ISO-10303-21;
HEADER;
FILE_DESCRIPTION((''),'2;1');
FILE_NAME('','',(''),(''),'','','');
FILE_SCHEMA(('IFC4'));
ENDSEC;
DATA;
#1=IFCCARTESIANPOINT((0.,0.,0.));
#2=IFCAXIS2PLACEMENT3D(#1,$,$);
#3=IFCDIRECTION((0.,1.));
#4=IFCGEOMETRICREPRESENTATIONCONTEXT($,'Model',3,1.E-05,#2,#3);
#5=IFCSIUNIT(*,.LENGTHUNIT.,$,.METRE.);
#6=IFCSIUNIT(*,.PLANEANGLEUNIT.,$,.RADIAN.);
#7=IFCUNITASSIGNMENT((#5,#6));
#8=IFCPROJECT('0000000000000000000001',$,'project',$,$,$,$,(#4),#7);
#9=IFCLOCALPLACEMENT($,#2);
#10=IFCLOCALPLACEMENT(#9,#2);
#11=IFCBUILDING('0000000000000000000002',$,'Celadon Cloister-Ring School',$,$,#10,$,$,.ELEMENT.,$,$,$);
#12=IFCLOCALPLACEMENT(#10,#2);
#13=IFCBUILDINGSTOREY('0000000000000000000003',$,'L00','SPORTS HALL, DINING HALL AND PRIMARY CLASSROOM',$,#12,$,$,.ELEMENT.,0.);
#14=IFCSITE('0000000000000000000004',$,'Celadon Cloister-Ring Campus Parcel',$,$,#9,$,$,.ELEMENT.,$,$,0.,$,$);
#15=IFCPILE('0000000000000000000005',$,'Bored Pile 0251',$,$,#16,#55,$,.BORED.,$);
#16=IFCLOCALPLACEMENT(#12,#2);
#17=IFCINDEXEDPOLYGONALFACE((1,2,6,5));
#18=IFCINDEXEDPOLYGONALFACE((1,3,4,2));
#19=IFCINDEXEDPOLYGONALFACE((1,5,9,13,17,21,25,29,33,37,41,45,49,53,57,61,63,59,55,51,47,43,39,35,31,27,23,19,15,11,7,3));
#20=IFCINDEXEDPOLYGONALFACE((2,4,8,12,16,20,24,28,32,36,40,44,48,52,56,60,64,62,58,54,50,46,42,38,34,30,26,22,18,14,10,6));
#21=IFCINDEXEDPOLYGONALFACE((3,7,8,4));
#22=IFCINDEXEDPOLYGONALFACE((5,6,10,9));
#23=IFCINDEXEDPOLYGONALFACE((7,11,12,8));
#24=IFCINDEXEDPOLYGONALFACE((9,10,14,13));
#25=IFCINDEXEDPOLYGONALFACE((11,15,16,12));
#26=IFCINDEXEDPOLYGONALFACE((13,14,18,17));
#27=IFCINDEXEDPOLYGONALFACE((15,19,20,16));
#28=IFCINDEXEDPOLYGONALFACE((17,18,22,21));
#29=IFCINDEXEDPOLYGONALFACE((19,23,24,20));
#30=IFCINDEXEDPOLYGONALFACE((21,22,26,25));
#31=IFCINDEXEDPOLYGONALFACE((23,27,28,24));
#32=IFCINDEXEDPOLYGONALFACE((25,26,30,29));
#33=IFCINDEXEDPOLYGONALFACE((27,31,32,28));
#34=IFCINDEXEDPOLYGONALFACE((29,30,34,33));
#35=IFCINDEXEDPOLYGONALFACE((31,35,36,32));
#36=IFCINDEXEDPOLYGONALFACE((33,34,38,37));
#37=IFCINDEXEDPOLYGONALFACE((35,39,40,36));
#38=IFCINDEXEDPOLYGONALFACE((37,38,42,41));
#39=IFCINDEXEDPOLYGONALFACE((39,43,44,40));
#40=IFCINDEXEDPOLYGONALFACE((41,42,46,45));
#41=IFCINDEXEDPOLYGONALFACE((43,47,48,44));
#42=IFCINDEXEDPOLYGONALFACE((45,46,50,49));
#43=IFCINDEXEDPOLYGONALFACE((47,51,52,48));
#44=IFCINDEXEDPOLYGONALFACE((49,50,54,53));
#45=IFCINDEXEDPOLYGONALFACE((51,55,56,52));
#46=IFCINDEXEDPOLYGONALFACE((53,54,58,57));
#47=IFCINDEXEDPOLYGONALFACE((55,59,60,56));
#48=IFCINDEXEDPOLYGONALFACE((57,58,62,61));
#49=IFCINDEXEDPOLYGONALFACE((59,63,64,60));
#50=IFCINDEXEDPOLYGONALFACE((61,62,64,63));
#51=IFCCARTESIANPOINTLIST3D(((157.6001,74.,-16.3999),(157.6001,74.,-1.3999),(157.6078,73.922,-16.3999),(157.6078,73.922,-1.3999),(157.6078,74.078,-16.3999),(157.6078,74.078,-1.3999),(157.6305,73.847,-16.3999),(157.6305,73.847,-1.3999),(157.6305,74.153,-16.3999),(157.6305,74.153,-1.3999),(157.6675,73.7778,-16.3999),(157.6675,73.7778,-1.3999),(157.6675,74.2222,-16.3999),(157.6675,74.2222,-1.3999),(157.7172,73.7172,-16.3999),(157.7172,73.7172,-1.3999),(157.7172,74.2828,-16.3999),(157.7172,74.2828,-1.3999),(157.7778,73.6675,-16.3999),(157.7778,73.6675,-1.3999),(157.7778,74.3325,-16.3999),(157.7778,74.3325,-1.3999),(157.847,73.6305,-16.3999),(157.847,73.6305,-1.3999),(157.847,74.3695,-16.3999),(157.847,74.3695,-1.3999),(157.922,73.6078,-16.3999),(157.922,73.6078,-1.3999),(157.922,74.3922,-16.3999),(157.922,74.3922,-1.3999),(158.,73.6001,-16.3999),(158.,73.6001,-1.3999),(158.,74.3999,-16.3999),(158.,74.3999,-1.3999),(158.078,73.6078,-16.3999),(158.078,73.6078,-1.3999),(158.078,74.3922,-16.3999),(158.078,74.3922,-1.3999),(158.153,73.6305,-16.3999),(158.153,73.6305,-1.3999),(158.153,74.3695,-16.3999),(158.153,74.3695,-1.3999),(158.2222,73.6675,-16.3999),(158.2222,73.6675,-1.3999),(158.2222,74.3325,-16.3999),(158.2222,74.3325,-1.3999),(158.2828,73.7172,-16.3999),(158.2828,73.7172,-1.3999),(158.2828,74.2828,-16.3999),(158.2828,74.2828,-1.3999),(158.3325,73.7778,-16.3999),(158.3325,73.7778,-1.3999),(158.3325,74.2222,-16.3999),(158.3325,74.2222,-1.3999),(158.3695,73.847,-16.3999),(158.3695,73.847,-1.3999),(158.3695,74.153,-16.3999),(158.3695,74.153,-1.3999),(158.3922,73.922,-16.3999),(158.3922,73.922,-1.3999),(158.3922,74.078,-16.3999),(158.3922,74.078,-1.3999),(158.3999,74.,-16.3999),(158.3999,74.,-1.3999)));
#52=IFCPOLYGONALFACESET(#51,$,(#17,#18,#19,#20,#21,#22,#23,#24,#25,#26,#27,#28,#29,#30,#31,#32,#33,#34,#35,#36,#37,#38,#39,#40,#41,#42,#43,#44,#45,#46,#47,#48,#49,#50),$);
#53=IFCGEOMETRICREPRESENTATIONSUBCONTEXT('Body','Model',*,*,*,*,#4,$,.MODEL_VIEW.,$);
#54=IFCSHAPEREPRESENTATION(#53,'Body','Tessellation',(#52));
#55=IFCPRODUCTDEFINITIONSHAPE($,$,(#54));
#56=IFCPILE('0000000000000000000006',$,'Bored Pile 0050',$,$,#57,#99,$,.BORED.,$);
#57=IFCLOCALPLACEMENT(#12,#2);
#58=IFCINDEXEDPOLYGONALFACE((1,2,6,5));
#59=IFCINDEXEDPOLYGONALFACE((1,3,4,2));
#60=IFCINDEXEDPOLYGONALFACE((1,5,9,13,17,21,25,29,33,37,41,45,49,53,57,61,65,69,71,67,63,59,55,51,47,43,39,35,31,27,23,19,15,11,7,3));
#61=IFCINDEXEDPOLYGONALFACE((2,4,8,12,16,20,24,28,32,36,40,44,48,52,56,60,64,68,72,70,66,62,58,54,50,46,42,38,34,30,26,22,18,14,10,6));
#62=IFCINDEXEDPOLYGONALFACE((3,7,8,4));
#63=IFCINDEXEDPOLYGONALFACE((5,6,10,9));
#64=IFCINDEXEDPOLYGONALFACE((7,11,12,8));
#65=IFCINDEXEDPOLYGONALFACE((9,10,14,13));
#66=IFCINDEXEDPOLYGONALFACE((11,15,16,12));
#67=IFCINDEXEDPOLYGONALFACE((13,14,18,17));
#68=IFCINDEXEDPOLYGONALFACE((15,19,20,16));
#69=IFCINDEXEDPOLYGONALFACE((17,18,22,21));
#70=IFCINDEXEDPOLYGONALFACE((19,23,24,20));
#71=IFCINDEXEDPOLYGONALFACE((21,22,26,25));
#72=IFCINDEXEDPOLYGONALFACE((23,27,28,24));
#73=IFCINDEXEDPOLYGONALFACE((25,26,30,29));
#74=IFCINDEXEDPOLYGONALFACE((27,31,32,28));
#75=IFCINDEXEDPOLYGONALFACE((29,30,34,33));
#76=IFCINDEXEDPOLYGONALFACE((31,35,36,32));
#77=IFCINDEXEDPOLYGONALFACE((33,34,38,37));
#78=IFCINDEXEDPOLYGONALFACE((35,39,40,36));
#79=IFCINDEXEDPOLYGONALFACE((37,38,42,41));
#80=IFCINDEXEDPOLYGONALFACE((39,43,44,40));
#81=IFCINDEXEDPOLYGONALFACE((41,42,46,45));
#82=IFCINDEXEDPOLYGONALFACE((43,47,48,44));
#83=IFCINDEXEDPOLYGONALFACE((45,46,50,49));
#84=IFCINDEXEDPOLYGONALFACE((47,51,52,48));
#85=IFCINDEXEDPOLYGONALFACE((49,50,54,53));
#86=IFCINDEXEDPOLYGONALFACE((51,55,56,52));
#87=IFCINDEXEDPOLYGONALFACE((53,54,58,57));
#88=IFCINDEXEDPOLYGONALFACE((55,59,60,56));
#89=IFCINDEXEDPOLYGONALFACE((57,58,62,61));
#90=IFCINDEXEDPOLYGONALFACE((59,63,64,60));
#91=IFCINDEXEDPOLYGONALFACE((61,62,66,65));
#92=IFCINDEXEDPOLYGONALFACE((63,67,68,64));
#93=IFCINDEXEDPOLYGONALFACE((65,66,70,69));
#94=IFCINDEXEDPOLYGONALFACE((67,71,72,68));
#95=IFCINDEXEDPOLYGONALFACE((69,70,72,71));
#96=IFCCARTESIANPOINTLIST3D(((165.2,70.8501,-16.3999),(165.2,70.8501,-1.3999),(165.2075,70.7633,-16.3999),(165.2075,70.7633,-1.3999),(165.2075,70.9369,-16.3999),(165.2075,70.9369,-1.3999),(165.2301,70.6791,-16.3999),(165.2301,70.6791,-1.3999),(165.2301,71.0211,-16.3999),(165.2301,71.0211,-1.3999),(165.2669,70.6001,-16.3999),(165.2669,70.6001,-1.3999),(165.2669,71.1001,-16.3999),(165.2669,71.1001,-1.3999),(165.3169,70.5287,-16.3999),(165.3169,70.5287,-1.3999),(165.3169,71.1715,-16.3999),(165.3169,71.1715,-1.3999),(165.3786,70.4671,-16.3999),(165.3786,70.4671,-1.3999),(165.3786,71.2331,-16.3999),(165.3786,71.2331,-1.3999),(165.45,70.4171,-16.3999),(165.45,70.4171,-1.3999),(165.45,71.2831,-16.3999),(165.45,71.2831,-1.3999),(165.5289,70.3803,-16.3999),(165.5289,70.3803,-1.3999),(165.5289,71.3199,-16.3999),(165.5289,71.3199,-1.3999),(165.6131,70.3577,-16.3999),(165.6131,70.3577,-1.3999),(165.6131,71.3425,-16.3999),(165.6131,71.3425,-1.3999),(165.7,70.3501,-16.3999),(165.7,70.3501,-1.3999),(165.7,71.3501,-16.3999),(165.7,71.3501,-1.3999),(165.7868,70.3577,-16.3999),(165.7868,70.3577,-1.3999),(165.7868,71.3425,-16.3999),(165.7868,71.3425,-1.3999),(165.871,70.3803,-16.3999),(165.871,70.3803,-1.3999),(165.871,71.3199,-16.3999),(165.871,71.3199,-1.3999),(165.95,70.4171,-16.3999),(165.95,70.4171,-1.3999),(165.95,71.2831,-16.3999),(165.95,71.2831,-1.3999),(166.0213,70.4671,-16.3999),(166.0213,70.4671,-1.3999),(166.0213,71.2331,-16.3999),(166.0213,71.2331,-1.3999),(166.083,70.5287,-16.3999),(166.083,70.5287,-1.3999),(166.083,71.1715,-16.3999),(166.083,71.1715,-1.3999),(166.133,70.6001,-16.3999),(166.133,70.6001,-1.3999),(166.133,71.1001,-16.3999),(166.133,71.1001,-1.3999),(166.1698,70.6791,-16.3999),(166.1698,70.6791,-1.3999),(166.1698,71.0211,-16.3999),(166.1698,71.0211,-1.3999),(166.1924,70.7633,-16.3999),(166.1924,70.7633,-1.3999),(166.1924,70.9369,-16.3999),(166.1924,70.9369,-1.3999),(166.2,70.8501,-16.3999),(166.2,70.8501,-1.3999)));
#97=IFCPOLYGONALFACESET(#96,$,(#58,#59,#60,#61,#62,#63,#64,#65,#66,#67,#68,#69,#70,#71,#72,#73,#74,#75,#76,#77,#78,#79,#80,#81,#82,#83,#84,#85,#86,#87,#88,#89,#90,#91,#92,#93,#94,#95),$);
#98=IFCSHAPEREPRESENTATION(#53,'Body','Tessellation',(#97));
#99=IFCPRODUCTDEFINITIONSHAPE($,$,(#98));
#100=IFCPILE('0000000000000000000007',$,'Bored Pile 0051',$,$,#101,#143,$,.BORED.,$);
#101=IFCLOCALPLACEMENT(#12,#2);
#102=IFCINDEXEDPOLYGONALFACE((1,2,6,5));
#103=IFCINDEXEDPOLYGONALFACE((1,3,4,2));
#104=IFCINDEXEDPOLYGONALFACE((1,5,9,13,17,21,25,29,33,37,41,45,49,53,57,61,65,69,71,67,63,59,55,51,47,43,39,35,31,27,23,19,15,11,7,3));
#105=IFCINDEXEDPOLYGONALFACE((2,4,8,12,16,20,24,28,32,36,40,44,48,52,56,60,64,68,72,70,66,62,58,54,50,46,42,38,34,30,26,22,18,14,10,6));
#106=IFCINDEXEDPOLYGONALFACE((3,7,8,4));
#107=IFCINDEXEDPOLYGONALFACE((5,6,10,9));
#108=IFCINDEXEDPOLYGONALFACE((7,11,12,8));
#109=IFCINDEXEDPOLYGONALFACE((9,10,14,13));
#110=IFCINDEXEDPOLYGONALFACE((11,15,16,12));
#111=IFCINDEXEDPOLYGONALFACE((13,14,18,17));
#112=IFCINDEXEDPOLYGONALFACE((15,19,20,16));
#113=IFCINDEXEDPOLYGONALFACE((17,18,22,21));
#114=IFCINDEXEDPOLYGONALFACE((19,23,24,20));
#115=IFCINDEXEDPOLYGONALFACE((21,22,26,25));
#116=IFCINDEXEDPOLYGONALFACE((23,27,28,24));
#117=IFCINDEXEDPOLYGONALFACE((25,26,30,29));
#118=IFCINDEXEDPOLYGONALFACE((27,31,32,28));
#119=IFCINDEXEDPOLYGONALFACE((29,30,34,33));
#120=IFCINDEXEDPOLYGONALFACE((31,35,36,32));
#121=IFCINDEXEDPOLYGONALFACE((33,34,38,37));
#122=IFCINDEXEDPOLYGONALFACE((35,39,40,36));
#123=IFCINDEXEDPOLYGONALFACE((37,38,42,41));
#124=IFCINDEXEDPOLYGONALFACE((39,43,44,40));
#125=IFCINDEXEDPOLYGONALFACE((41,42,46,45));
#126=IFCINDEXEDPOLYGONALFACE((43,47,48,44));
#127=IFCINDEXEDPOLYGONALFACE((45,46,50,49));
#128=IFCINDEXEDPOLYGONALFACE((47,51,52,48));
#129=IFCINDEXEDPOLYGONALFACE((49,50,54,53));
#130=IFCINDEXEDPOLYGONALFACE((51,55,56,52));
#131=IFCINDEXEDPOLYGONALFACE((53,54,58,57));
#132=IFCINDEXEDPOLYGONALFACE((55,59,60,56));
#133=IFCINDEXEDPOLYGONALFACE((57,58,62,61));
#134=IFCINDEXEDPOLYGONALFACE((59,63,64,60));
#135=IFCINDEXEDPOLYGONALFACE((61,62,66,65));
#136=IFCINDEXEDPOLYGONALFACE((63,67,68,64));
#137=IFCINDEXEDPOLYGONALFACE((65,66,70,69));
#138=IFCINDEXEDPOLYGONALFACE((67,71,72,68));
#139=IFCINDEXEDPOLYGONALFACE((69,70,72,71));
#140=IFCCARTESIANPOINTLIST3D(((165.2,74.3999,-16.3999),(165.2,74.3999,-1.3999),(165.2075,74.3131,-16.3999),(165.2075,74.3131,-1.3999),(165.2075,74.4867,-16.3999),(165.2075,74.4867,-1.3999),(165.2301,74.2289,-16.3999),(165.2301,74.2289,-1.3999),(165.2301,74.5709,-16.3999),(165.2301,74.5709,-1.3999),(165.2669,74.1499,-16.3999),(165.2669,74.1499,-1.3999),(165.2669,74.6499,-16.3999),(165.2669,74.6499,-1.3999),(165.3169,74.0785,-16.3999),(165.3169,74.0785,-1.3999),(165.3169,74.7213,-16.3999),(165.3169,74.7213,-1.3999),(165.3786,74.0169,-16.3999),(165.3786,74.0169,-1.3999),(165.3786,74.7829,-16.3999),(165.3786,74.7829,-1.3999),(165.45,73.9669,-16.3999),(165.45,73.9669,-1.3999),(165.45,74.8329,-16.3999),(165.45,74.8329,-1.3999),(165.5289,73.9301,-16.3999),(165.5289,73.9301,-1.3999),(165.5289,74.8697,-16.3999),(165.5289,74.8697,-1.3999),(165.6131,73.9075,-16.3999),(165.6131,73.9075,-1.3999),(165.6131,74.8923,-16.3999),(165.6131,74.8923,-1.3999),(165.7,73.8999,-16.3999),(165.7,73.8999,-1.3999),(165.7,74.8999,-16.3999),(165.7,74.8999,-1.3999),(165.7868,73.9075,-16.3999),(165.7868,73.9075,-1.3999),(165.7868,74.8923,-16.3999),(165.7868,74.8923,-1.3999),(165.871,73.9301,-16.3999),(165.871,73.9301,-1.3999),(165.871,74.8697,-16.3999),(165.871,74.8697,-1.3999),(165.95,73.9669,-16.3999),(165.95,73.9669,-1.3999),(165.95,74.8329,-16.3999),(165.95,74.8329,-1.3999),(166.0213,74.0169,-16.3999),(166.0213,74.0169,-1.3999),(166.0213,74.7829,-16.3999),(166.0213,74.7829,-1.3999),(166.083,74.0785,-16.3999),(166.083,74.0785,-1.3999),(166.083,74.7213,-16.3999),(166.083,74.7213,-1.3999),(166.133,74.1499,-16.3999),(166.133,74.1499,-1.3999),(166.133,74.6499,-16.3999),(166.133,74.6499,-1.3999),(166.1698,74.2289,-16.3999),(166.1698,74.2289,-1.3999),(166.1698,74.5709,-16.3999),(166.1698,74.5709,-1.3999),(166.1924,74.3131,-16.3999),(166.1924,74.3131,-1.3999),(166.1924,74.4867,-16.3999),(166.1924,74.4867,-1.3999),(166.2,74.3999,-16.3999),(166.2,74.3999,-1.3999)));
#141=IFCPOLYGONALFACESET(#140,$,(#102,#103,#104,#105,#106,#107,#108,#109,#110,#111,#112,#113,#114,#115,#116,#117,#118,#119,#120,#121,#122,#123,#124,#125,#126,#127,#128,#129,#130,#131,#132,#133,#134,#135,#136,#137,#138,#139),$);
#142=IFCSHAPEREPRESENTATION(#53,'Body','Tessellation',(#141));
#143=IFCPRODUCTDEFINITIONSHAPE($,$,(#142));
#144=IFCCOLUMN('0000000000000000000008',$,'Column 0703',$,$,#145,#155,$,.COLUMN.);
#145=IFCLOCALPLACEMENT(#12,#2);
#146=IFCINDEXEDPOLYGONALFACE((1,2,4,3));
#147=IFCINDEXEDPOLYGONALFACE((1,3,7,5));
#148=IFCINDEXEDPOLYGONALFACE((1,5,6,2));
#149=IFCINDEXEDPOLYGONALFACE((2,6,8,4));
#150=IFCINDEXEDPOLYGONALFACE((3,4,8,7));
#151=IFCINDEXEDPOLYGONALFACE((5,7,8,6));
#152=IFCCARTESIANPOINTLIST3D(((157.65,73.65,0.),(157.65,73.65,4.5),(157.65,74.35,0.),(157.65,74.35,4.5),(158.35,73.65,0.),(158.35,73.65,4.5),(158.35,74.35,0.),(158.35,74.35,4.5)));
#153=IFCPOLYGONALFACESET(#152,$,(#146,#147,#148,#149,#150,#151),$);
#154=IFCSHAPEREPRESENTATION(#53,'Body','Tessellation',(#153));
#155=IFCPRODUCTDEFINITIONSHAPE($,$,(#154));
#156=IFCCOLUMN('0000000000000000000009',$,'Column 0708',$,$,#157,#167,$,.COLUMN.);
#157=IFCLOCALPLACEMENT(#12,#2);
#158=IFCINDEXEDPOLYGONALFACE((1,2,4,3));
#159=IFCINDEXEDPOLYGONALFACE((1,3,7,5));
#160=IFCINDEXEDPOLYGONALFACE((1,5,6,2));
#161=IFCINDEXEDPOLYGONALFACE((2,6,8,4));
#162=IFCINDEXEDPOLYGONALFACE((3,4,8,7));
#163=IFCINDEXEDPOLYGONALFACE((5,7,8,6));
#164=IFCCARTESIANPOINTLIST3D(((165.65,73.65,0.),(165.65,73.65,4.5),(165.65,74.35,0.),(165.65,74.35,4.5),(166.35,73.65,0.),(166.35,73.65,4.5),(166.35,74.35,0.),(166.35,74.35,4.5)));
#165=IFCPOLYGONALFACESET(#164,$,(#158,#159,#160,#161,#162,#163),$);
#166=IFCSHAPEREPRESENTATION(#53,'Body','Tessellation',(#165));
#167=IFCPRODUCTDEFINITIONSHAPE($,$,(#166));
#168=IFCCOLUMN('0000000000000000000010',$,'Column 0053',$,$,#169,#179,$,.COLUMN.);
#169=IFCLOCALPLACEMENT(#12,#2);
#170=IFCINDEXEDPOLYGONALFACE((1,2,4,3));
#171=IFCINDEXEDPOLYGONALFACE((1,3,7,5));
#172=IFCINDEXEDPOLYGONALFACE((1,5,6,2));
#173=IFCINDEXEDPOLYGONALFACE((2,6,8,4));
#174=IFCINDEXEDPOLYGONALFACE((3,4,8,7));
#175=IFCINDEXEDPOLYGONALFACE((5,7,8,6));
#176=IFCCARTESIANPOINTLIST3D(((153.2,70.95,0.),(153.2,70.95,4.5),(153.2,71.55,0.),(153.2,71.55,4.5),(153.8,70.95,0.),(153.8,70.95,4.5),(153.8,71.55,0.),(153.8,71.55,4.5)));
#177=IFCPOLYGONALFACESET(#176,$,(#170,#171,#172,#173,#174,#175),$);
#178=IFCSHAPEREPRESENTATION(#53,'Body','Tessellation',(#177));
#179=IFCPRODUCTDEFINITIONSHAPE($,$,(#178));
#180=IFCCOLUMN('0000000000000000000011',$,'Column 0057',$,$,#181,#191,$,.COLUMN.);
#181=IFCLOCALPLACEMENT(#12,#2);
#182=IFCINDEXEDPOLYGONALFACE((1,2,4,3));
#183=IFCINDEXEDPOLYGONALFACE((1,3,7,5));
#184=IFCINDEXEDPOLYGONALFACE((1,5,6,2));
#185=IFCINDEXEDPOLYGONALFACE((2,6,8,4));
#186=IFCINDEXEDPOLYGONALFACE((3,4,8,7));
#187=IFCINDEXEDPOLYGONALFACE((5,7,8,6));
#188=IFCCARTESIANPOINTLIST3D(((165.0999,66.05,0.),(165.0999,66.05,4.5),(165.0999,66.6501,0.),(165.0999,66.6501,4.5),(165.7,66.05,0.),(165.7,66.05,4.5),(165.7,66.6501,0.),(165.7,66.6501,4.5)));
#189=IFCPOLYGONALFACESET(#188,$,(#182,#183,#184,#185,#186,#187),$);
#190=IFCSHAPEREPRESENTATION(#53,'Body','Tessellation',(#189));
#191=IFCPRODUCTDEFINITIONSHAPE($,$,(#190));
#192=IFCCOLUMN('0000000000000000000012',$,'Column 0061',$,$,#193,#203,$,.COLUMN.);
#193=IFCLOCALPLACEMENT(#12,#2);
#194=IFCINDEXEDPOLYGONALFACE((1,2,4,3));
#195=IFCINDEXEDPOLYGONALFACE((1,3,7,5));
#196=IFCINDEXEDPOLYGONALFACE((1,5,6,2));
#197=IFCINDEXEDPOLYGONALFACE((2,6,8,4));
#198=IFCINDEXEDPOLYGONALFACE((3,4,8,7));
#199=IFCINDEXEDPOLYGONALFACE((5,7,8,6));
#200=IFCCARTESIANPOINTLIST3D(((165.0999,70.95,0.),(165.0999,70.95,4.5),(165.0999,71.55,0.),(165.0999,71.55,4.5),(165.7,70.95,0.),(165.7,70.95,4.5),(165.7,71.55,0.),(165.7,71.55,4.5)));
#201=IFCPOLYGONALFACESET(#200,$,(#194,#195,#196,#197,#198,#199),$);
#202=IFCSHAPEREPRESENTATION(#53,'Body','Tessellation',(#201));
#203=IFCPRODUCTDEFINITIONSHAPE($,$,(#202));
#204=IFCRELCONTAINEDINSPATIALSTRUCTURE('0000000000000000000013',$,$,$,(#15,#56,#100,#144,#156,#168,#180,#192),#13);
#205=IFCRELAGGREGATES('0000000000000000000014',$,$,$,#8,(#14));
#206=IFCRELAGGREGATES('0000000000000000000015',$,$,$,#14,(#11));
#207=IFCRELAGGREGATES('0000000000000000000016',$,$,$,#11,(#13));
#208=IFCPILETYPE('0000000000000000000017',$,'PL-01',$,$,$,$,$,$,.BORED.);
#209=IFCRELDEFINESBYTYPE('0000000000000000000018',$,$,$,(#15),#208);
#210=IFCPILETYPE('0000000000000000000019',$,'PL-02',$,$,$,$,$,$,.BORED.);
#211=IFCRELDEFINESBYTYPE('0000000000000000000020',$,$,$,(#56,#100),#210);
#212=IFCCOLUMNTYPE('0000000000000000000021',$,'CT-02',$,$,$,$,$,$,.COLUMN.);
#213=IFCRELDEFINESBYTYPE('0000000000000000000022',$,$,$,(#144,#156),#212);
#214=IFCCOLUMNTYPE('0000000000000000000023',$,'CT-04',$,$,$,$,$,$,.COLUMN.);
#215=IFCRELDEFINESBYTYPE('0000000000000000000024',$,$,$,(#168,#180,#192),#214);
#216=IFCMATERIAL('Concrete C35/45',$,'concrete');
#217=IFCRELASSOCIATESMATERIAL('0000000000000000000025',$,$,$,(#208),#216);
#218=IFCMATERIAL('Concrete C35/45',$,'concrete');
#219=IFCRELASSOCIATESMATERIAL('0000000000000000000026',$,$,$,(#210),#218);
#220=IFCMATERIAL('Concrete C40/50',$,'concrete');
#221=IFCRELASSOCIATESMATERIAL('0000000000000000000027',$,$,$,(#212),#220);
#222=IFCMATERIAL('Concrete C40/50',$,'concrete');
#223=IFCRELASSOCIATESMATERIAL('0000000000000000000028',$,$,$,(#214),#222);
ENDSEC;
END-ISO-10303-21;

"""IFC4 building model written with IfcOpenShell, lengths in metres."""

from ifc_helpers import new_model, si_unit, direction, frame, origin, origin_2d, place, context, subcontext, project, spatial, rectangle, circle, extrude, material, material_profile, profile_set, type_object, element, save


model = new_model("IFC4")

# Units and contexts
model_context = context("Model", 3, precision=1e-05, world=origin(), true_north=direction((0.0, 1.0)))
body_context = subcontext(model_context, "Body", "Model", "MODEL_VIEW")
ifc_project = project(units=[si_unit("LENGTHUNIT", "METRE"), si_unit("PLANEANGLEUNIT", "RADIAN")], contexts=[model_context])

# Site, building, storey
site_placement = place(None, origin())
site = spatial("IfcSite", under=ifc_project, at=site_placement, Name="Celadon Cloister-Ring Campus Parcel", CompositionType="ELEMENT", RefElevation=0.0)
building_placement = place(site_placement, origin())
building = spatial("IfcBuilding", under=site, at=building_placement, Name="Celadon Cloister-Ring School", CompositionType="ELEMENT")
storey_placement = place(building_placement, origin())
storey = spatial("IfcBuildingStorey", under=building, at=storey_placement, Name="L00", Description="SPORTS HALL, DINING HALL AND PRIMARY CLASSROOM", CompositionType="ELEMENT", Elevation=0.0)

# Piles
ifc_material_1 = material(Name="Concrete C35/45", Category="concrete")
ifc_material_profile_1 = material_profile(ifc_material_1, circle(Radius=0.3999, at=origin_2d()), Name="PILE800")
ifc_profile_set_1 = profile_set([ifc_material_profile_1], Name="Concrete C35/45")
pile_type_1 = type_object("IfcPileType", Name="PL-01", PredefinedType="BORED", material=ifc_profile_set_1)
for number, where, z_axis, x_axis, name in (
    (1, (158.0, 74.0, -1.3999), (0.0, 0.0, -1.0), (1.0, 0.0, 0.0), "Bored Pile 0251"),
):
    element("IfcPile", number, at=place(storey_placement, frame(where, z_axis=z_axis, x_axis=x_axis)), inside=storey, type_object=pile_type_1, Name=name, PredefinedType="BORED", context=body_context, shape_type="SweptSolid", body=[
        extrude(circle(Radius=0.3999, at=origin_2d()), origin(), (0.0, 0.0, 1.0), 15.0),
    ])
ifc_material_2 = material(Name="Concrete C35/45", Category="concrete")
ifc_material_profile_2 = material_profile(ifc_material_2, circle(Radius=0.5, at=origin_2d()), Name="PILE1000")
ifc_profile_set_2 = profile_set([ifc_material_profile_2], Name="Concrete C35/45")
pile_type_2 = type_object("IfcPileType", Name="PL-02", PredefinedType="BORED", material=ifc_profile_set_2)
for number, where, z_axis, x_axis, name in (
    (2, (165.7, 70.8501, -1.3999), (0.0, 0.0, -1.0), (1.0, 0.0, 0.0), "Bored Pile 0050"),
    (3, (165.7, 74.3999, -1.3999), (0.0, 0.0, -1.0), (1.0, 0.0, 0.0), "Bored Pile 0051"),
):
    element("IfcPile", number, at=place(storey_placement, frame(where, z_axis=z_axis, x_axis=x_axis)), inside=storey, type_object=pile_type_2, Name=name, PredefinedType="BORED", context=body_context, shape_type="SweptSolid", body=[
        extrude(circle(Radius=0.5, at=origin_2d()), origin(), (0.0, 0.0, 1.0), 15.0),
    ])

# Columns
ifc_material_3 = material(Name="Concrete C40/50", Category="concrete")
ifc_material_profile_3 = material_profile(ifc_material_3, rectangle(XDim=0.7, YDim=0.7, at=origin_2d()), Name="RC700X700")
ifc_profile_set_3 = profile_set([ifc_material_profile_3], Name="Concrete C40/50")
column_type_1 = type_object("IfcColumnType", Name="CT-02", PredefinedType="COLUMN", material=ifc_profile_set_3)
for number, where, z_axis, x_axis, name in (
    (4, (158.0, 74.0, 0.0), (0.0, 0.0, 1.0), (1.0, 0.0, 0.0), "Column 0703"),
    (5, (166.0, 74.0, 0.0), (0.0, 0.0, 1.0), (1.0, 0.0, 0.0), "Column 0708"),
):
    element("IfcColumn", number, at=place(storey_placement, frame(where, z_axis=z_axis, x_axis=x_axis)), inside=storey, type_object=column_type_1, Name=name, PredefinedType="COLUMN", context=body_context, shape_type="SweptSolid", body=[
        extrude(rectangle(XDim=0.7, YDim=0.7, at=origin_2d()), origin(), (0.0, 0.0, 1.0), 4.5),
    ])
ifc_material_4 = material(Name="Concrete C40/50", Category="concrete")
ifc_material_profile_4 = material_profile(ifc_material_4, rectangle(XDim=0.6001, YDim=0.6001, at=origin_2d()), Name="RC600X600")
ifc_profile_set_4 = profile_set([ifc_material_profile_4], Name="Concrete C40/50")
column_type_2 = type_object("IfcColumnType", Name="CT-04", PredefinedType="COLUMN", material=ifc_profile_set_4)
for number, where, z_axis, x_axis, name in (
    (6, (153.5, 71.25, 0.0), (0.0, 0.0, 1.0), (1.0, 0.0, 0.0), "Column 0053"),
    (7, (165.3999, 66.3501, 0.0), (0.0, 0.0, 1.0), (1.0, 0.0, 0.0), "Column 0057"),
    (8, (165.3999, 71.25, 0.0), (0.0, 0.0, 1.0), (1.0, 0.0, 0.0), "Column 0061"),
):
    element("IfcColumn", number, at=place(storey_placement, frame(where, z_axis=z_axis, x_axis=x_axis)), inside=storey, type_object=column_type_2, Name=name, PredefinedType="COLUMN", context=body_context, shape_type="SweptSolid", body=[
        extrude(rectangle(XDim=0.6001, YDim=0.6001, at=origin_2d()), origin(), (0.0, 0.0, 1.0), 4.5),
    ])

save(model, "model.ifc")
